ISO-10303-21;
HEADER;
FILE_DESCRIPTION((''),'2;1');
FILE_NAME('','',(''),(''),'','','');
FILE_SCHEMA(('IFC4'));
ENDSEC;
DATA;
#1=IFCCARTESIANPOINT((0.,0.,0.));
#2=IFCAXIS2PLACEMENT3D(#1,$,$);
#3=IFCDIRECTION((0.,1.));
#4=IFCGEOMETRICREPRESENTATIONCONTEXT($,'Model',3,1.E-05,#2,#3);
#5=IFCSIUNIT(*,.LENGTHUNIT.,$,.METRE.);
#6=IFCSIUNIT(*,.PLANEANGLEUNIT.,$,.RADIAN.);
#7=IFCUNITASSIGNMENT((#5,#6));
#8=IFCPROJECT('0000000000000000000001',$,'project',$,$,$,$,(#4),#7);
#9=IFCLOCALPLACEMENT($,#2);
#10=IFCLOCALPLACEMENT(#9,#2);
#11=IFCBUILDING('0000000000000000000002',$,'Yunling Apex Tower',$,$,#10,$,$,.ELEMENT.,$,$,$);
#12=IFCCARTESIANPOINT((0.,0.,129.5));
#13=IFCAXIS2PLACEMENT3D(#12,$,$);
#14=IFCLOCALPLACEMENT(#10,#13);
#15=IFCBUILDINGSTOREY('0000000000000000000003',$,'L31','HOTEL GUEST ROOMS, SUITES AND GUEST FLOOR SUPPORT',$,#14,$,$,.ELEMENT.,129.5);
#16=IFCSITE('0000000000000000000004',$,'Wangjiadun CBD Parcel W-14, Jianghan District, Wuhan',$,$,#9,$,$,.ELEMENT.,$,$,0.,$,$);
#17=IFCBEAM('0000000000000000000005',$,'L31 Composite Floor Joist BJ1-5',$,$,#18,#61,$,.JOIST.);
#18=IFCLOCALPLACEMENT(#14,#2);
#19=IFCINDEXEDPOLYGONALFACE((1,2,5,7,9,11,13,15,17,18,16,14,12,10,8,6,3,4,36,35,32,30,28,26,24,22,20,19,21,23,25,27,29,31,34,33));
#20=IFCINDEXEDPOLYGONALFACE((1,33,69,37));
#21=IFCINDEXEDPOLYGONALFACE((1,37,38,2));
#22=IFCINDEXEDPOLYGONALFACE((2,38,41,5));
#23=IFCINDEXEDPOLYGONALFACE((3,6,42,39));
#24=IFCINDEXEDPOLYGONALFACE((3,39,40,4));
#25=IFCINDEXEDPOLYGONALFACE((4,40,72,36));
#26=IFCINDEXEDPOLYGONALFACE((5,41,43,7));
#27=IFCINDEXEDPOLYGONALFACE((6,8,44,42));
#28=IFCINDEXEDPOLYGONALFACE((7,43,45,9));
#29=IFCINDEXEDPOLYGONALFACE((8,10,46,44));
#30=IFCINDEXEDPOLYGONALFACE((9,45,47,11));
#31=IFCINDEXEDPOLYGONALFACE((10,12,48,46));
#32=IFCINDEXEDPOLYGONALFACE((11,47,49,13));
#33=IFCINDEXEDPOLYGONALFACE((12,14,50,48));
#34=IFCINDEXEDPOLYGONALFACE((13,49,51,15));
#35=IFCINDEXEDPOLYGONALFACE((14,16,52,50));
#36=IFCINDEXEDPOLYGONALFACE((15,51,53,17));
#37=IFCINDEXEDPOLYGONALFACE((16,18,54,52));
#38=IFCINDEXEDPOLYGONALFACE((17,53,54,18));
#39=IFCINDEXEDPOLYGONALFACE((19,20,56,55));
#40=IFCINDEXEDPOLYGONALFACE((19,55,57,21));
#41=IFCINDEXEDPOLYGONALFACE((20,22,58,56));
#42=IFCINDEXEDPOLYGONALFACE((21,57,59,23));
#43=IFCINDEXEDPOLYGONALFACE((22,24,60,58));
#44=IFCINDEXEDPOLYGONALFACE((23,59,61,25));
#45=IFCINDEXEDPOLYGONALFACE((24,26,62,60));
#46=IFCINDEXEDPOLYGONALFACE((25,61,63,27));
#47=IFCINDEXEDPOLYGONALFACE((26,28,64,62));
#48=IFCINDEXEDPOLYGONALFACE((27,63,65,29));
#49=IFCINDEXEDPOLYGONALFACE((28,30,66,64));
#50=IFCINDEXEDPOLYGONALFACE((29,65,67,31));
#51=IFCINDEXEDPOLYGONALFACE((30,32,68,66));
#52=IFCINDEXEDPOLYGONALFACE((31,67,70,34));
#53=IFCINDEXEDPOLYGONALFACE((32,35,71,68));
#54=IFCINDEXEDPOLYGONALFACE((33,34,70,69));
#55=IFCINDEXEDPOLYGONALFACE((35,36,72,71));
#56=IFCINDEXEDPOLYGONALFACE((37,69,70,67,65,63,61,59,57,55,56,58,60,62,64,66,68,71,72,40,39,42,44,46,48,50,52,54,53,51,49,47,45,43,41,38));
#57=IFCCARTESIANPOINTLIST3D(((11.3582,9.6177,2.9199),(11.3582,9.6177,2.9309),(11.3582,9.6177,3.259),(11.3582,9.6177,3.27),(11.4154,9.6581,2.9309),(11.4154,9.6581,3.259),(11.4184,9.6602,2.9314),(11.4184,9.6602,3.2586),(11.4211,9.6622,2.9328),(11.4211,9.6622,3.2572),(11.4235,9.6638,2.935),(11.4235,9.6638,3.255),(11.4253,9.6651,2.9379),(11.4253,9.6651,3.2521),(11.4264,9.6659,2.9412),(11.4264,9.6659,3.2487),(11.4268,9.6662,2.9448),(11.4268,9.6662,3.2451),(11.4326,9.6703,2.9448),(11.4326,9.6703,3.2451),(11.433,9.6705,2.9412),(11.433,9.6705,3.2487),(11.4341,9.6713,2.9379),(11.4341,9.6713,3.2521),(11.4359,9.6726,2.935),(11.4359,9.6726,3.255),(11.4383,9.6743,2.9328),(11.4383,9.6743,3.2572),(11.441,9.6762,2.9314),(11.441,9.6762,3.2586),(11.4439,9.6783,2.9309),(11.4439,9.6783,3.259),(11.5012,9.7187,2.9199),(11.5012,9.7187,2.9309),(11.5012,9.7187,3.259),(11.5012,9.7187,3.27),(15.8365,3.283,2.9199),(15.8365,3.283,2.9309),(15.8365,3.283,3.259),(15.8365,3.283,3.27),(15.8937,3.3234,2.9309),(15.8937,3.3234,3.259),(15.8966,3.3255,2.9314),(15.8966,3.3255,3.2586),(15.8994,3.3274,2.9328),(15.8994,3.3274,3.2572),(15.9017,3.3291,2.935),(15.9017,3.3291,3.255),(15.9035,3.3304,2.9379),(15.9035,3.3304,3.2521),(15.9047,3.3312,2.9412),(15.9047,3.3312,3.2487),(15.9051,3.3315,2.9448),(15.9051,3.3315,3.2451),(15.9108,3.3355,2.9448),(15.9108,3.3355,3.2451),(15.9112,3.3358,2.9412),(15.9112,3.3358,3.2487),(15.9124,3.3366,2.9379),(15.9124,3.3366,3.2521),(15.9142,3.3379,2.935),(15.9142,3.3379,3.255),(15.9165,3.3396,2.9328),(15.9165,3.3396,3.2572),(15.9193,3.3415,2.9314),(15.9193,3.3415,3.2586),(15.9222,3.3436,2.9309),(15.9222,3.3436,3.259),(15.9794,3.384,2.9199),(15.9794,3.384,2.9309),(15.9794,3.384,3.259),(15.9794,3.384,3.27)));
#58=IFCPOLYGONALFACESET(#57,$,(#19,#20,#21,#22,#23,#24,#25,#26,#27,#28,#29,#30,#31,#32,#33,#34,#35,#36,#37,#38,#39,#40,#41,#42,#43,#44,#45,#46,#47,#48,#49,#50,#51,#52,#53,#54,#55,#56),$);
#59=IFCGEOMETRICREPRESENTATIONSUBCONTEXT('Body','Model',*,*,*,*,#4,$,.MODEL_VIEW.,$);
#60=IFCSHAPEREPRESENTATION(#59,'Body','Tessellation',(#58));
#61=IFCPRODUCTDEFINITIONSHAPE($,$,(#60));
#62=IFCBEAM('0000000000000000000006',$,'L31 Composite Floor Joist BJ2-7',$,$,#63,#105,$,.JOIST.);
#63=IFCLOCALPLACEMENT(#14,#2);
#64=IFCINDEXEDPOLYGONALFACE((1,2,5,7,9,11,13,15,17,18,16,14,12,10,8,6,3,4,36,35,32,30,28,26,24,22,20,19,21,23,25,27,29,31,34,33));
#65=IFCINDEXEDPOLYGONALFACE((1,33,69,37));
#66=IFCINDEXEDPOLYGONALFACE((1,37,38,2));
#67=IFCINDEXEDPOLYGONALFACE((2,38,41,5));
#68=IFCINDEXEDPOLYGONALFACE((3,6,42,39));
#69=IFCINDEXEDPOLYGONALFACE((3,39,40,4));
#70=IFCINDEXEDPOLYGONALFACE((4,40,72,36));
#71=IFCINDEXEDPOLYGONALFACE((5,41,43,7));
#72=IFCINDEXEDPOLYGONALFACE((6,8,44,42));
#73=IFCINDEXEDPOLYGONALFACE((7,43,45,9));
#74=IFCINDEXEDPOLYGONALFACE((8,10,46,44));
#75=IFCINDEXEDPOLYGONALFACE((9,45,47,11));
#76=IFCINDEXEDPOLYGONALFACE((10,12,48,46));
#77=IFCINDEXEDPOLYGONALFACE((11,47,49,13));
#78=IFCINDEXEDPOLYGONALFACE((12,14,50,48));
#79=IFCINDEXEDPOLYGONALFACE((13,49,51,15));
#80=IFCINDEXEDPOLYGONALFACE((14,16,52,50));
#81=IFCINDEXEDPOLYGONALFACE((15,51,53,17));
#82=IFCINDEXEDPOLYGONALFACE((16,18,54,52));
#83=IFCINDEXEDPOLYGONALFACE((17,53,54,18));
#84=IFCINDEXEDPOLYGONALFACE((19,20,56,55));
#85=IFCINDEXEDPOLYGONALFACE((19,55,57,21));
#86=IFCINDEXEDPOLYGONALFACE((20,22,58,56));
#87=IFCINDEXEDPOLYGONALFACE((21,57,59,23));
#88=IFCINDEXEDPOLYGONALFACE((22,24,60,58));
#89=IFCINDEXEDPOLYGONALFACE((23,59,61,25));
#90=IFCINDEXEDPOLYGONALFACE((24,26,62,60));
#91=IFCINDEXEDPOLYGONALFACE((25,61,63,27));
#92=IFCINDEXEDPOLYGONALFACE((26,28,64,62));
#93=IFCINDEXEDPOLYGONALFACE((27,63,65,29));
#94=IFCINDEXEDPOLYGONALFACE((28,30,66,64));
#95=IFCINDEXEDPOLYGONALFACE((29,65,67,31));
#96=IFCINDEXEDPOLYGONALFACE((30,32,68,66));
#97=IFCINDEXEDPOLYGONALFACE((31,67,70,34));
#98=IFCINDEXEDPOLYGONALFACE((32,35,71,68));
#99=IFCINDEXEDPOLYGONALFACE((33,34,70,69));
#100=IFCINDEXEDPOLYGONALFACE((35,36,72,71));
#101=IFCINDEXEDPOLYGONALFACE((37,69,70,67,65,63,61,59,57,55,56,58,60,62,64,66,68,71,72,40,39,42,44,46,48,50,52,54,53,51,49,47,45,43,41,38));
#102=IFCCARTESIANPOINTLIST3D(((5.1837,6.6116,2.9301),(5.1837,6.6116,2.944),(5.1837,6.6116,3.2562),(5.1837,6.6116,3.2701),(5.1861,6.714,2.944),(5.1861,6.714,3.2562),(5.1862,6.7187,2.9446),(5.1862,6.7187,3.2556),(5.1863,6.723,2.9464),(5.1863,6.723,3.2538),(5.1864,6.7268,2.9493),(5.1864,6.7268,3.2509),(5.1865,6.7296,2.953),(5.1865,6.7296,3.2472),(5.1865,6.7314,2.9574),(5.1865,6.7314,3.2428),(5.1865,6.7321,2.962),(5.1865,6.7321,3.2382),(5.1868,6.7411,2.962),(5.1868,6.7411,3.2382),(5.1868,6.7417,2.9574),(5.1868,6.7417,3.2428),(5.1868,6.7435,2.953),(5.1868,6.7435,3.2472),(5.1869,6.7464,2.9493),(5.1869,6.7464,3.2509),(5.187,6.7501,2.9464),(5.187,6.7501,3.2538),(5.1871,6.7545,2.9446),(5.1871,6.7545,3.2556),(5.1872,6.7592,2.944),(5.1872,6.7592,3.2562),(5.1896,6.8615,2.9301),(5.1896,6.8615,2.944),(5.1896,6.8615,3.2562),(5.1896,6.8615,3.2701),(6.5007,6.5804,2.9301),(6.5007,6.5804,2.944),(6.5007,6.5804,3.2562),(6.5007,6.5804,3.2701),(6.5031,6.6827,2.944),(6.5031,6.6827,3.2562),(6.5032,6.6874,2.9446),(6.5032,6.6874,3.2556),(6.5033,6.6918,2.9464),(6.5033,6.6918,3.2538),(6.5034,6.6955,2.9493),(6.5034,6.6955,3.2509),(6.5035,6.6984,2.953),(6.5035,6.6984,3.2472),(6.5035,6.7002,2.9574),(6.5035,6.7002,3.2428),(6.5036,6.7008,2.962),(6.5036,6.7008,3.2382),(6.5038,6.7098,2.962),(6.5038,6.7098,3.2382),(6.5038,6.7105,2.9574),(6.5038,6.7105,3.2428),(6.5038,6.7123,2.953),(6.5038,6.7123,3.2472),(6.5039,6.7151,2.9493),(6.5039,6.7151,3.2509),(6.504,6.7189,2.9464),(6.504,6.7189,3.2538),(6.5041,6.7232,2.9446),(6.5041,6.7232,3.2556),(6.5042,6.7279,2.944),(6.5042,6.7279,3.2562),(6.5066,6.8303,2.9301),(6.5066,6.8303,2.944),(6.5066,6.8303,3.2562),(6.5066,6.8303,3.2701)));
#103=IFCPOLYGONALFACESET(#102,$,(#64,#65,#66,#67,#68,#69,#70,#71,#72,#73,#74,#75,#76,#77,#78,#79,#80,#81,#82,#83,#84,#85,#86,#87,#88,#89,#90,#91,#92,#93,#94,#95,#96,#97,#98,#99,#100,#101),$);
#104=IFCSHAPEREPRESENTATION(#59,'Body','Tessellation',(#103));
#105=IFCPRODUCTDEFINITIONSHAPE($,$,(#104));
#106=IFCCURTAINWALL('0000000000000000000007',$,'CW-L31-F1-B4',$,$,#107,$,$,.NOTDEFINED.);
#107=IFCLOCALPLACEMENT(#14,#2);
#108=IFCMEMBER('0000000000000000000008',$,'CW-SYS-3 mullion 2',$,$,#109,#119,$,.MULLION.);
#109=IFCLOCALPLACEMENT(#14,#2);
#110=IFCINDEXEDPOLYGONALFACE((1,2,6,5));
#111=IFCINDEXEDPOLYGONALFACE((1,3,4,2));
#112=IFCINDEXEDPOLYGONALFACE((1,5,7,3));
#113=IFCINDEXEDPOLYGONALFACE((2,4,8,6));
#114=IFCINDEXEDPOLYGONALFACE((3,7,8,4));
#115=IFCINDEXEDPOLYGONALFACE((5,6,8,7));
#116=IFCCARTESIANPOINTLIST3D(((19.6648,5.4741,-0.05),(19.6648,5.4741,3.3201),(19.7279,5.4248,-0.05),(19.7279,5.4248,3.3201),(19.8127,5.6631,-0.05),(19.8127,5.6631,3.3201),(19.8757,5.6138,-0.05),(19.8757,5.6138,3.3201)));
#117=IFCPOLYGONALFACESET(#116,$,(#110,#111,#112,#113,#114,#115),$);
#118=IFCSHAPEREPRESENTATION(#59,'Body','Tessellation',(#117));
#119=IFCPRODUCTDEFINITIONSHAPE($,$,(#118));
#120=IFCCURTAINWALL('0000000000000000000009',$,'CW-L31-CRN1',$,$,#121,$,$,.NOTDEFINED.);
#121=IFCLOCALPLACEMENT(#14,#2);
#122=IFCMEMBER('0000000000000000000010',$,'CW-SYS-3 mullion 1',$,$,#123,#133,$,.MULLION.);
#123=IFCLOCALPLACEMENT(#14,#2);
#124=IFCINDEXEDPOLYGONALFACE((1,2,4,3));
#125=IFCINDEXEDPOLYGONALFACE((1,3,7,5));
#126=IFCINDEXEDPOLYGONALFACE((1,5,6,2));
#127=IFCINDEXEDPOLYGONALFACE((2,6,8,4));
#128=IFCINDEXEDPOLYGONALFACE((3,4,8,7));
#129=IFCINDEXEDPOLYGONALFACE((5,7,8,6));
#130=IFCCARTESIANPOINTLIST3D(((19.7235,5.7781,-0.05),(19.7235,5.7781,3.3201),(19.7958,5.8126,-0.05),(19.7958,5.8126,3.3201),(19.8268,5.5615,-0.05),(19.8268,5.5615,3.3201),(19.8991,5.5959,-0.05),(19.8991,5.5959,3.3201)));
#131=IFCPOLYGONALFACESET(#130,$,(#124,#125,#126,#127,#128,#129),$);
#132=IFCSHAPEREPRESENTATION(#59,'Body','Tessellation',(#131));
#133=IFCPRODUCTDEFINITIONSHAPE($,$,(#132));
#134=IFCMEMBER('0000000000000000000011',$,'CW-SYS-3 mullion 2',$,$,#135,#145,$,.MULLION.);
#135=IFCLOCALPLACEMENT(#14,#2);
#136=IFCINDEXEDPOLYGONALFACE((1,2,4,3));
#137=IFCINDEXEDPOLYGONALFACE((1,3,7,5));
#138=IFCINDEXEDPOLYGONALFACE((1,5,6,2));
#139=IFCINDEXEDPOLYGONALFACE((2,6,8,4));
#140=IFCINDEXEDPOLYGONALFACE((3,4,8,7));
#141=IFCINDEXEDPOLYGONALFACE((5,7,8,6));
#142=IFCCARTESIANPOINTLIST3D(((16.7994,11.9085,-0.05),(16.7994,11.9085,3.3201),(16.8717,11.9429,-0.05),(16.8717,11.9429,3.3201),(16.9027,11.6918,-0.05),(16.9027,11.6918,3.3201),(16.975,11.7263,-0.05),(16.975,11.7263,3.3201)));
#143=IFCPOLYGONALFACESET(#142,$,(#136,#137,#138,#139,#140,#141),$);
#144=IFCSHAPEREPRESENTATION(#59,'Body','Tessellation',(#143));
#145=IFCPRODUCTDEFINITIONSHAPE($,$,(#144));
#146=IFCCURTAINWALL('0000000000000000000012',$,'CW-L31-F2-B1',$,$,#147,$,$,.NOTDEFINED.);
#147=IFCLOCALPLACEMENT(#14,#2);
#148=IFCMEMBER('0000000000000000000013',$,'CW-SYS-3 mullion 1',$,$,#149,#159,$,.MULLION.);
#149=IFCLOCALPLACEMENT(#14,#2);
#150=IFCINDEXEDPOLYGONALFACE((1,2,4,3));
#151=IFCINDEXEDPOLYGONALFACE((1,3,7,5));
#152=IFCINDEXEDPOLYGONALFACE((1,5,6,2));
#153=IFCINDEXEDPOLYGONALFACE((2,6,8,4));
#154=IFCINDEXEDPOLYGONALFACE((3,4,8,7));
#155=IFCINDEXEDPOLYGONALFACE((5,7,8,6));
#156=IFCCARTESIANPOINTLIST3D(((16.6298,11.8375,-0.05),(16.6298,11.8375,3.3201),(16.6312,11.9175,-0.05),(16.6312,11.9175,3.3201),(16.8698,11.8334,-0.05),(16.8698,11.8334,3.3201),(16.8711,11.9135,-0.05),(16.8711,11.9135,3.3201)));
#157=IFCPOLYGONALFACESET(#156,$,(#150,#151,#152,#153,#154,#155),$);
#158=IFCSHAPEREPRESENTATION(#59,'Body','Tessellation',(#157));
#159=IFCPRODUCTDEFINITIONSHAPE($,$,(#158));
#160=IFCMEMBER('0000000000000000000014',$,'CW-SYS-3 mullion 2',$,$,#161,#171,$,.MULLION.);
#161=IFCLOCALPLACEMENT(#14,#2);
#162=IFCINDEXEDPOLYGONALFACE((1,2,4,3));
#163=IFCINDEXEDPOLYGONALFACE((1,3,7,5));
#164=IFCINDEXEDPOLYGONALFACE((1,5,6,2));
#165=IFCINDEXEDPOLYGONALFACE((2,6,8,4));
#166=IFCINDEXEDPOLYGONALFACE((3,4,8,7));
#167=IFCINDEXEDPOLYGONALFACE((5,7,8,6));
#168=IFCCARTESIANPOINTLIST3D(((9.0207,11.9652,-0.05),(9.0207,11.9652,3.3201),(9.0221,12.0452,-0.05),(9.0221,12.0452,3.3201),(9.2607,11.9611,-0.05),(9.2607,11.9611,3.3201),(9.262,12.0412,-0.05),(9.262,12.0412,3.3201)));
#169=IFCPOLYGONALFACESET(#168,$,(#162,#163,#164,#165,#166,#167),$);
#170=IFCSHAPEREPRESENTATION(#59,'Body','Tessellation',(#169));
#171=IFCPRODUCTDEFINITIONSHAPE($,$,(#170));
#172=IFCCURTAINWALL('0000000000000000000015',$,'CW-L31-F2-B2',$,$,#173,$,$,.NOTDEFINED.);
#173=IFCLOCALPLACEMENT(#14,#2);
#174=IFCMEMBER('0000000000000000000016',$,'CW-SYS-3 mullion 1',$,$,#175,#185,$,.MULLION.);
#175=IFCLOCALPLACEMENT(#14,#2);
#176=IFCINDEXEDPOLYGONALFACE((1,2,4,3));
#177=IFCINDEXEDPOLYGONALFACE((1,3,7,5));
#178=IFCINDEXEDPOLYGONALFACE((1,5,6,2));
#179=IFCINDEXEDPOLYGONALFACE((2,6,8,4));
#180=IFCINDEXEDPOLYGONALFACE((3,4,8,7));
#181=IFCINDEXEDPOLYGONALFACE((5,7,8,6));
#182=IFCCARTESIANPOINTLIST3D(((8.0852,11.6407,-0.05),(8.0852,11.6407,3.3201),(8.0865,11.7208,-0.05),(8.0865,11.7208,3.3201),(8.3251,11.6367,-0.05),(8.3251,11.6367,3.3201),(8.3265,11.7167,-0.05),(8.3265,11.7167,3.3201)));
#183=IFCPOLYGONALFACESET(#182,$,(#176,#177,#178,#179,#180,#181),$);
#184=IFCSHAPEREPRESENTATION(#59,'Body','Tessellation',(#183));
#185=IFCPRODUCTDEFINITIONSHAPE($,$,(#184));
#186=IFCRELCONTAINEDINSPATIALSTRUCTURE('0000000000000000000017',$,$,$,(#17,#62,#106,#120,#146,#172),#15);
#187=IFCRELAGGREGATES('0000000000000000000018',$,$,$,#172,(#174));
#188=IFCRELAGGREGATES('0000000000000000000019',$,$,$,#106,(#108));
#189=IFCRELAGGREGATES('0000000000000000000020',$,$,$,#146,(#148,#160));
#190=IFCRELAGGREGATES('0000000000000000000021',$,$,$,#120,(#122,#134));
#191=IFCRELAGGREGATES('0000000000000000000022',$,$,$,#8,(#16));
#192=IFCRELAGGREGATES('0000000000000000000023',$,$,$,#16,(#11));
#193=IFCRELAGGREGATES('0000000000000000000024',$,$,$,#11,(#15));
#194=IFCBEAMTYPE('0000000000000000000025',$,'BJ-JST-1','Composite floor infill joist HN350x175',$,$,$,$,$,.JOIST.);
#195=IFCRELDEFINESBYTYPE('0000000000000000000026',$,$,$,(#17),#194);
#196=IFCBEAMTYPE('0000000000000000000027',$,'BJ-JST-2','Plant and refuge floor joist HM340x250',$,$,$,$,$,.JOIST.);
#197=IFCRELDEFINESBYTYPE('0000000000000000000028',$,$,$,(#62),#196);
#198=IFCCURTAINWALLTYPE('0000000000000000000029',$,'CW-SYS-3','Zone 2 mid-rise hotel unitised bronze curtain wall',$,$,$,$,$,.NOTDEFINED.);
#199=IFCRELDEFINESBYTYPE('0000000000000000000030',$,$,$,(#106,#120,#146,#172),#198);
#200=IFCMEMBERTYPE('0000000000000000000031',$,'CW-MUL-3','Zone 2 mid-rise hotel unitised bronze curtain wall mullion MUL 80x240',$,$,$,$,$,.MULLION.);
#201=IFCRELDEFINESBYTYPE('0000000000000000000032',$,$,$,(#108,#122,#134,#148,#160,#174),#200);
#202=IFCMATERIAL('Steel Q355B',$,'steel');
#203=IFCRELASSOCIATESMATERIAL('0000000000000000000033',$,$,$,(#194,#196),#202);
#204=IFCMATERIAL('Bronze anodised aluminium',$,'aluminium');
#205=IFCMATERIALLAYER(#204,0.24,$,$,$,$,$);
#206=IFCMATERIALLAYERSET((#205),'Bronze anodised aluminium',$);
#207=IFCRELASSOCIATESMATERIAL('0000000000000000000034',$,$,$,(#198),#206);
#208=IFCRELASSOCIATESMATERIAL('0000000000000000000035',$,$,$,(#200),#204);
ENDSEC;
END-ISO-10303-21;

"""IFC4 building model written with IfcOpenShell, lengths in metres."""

from ifc_helpers import new_model, si_unit, direction, frame, origin, origin_2d, place, context, subcontext, project, spatial, rectangle, i_section, extrude, source, transform, mapped, material, layer, layer_set, material_profile, profile_set, type_object, element, aggregate, save


model = new_model("IFC4")

# Units and contexts
model_context = context("Model", 3, precision=1e-05, world=origin(), true_north=direction((0.0, 1.0)))
body_context = subcontext(model_context, "Body", "Model", "MODEL_VIEW")
ifc_project = project(units=[si_unit("LENGTHUNIT", "METRE"), si_unit("PLANEANGLEUNIT", "RADIAN")], contexts=[model_context])

# Site, building, storey
site_placement = place(None, origin())
site = spatial("IfcSite", under=ifc_project, at=site_placement, Name="Wangjiadun CBD Parcel W-14, Jianghan District, Wuhan", CompositionType="ELEMENT", RefElevation=0.0)
building_placement = place(site_placement, origin())
building = spatial("IfcBuilding", under=site, at=building_placement, Name="Yunling Apex Tower", CompositionType="ELEMENT")
storey_placement = place(building_placement, frame((0.0, 0.0, 129.5)))
storey = spatial("IfcBuildingStorey", under=building, at=storey_placement, Name="L31", Description="HOTEL GUEST ROOMS, SUITES AND GUEST FLOOR SUPPORT", CompositionType="ELEMENT", Elevation=129.5)

# Beams
ifc_material_1 = material(Name="Steel Q355B", Category="steel")
ifc_material_profile_1 = material_profile(ifc_material_1, i_section(OverallWidth=0.175, OverallDepth=0.3501, WebThickness=0.0071, FlangeThickness=0.011, FilletRadius=0.0139, at=origin_2d()))
ifc_profile_set_1 = profile_set([ifc_material_profile_1], Name="Steel Q355B")
beam_type_1 = type_object("IfcBeamType", Name="BJ-JST-1", Description="Composite floor infill joist HN350x175", PredefinedType="JOIST", material=ifc_profile_set_1)
shared_shape_1 = source(origin(), body_context, "Body", "SweptSolid", [
    extrude(i_section(OverallWidth=0.175, OverallDepth=0.3501, WebThickness=0.0071, FlangeThickness=0.011, FilletRadius=0.0139, at=origin_2d()), origin(), (0.0, 0.0, 1.0), 7.7578),
])
beam_1_placement = place(storey_placement, frame((15.908, 3.3335, 3.095), z_axis=(-0.57726, 0.81656, 0.0), x_axis=(-0.81656, -0.57726, 0.0)))
element("IfcBeam", 1, at=beam_1_placement, inside=storey, type_object=beam_type_1, Name="L31 Composite Floor Joist BJ1-5", PredefinedType="JOIST", context=body_context, shape_type="MappedRepresentation", body=[
    mapped(shared_shape_1, transform((0.0, 0.0, 0.0), scale=1.0)),
])
ifc_material_profile_2 = material_profile(ifc_material_1, i_section(OverallWidth=0.25, OverallDepth=0.3401, WebThickness=0.009, FlangeThickness=0.0139, FilletRadius=0.0181, at=origin_2d()))
ifc_profile_set_2 = profile_set([ifc_material_profile_2], Name="Steel Q355B")
beam_type_2 = type_object("IfcBeamType", Name="BJ-JST-2", Description="Plant and refuge floor joist HM340x250", PredefinedType="JOIST", material=ifc_profile_set_2)
shared_shape_2 = source(origin(), body_context, "Body", "SweptSolid", [
    extrude(i_section(OverallWidth=0.25, OverallDepth=0.3401, WebThickness=0.009, FlangeThickness=0.0139, FilletRadius=0.0181, at=origin_2d()), origin(), (0.0, 0.0, 1.0), 1.3174),
])
beam_2_placement = place(storey_placement, frame((6.5037, 6.7053, 3.1001), z_axis=(-0.999719, 0.023723, 0.0), x_axis=(-0.023723, -0.999719, 0.0)))
element("IfcBeam", 2, at=beam_2_placement, inside=storey, type_object=beam_type_2, Name="L31 Composite Floor Joist BJ2-7", PredefinedType="JOIST", context=body_context, shape_type="MappedRepresentation", body=[
    mapped(shared_shape_2, transform((0.0, 0.0, 0.0), scale=1.0)),
])

# Curtain wall, member
ifc_material_2 = material(Name="Bronze anodised aluminium", Category="aluminium")
ifc_layer_1 = layer(ifc_material_2, 0.24)
ifc_layer_set_1 = layer_set([ifc_layer_1], Name="Bronze anodised aluminium")
curtain_wall_type = type_object("IfcCurtainWallType", Name="CW-SYS-3", Description="Zone 2 mid-rise hotel unitised bronze curtain wall", PredefinedType="NOTDEFINED", material=ifc_layer_set_1)
curtain_wall_1_placement = place(storey_placement, origin())
curtain_wall_1 = element("IfcCurtainWall", 3, at=curtain_wall_1_placement, inside=storey, type_object=curtain_wall_type, Name="CW-L31-F1-B4", PredefinedType="NOTDEFINED")
ifc_material_profile_3 = material_profile(ifc_material_2, rectangle(XDim=0.0801, YDim=0.24, at=origin_2d()))
ifc_profile_set_3 = profile_set([ifc_material_profile_3], Name="Bronze anodised aluminium")
member_type_1 = type_object("IfcMemberType", Name="CW-MUL-3", Description="Zone 2 mid-rise hotel unitised bronze curtain wall mullion MUL 80x240", PredefinedType="MULLION", material=ifc_profile_set_3)
shared_shape_3 = source(origin(), body_context, "Body", "SweptSolid", [
    extrude(rectangle(XDim=0.0801, YDim=0.24, at=origin_2d()), origin(), (0.0, 0.0, 1.0), 3.3701),
])
member_1_placement = place(storey_placement, frame((19.7703, 5.5439, -0.05), z_axis=(0.0, 0.0, 1.0), x_axis=(-0.787584, 0.616208, 0.0)))
member_1 = element("IfcMember", 4, at=member_1_placement, type_object=member_type_1, Name="CW-SYS-3 mullion 2", PredefinedType="MULLION", context=body_context, shape_type="MappedRepresentation", body=[
    mapped(shared_shape_3, transform((0.0, 0.0, 0.0), scale=1.0)),
])

# Curtain walls, members
curtain_wall_2_placement = place(storey_placement, origin())
curtain_wall_2 = element("IfcCurtainWall", 5, at=curtain_wall_2_placement, inside=storey, type_object=curtain_wall_type, Name="CW-L31-CRN1", PredefinedType="NOTDEFINED")
member_2_placement = place(storey_placement, frame((19.8113, 5.687, -0.05), z_axis=(0.0, 0.0, 1.0), x_axis=(-0.902582, -0.430519, 0.0)))
member_2 = element("IfcMember", 6, at=member_2_placement, type_object=member_type_1, Name="CW-SYS-3 mullion 1", PredefinedType="MULLION", context=body_context, shape_type="MappedRepresentation", body=[
    mapped(shared_shape_3, transform((0.0, 0.0, 0.0), scale=1.0)),
])
member_3_placement = place(storey_placement, frame((16.8872, 11.8174, -0.05), z_axis=(0.0, 0.0, 1.0), x_axis=(-0.902582, -0.430519, 0.0)))
member_3 = element("IfcMember", 7, at=member_3_placement, type_object=member_type_1, Name="CW-SYS-3 mullion 2", PredefinedType="MULLION", context=body_context, shape_type="MappedRepresentation", body=[
    mapped(shared_shape_3, transform((0.0, 0.0, 0.0), scale=1.0)),
])
curtain_wall_3_placement = place(storey_placement, origin())
curtain_wall_3 = element("IfcCurtainWall", 8, at=curtain_wall_3_placement, inside=storey, type_object=curtain_wall_type, Name="CW-L31-F2-B1", PredefinedType="NOTDEFINED")
member_4_placement = place(storey_placement, frame((16.7505, 11.8755, -0.05), z_axis=(0.0, 0.0, 1.0), x_axis=(-0.016762, -0.99986, 0.0)))
member_4 = element("IfcMember", 9, at=member_4_placement, type_object=member_type_1, Name="CW-SYS-3 mullion 1", PredefinedType="MULLION", context=body_context, shape_type="MappedRepresentation", body=[
    mapped(shared_shape_3, transform((0.0, 0.0, 0.0), scale=1.0)),
])
member_5_placement = place(storey_placement, frame((9.1414, 12.0032, -0.05), z_axis=(0.0, 0.0, 1.0), x_axis=(-0.016762, -0.99986, 0.0)))
member_5 = element("IfcMember", 10, at=member_5_placement, type_object=member_type_1, Name="CW-SYS-3 mullion 2", PredefinedType="MULLION", context=body_context, shape_type="MappedRepresentation", body=[
    mapped(shared_shape_3, transform((0.0, 0.0, 0.0), scale=1.0)),
])

# Curtain wall, member
curtain_wall_4_placement = place(storey_placement, origin())
curtain_wall_4 = element("IfcCurtainWall", 11, at=curtain_wall_4_placement, inside=storey, type_object=curtain_wall_type, Name="CW-L31-F2-B2", PredefinedType="NOTDEFINED")
member_6_placement = place(storey_placement, frame((8.2058, 11.6787, -0.05), z_axis=(0.0, 0.0, 1.0), x_axis=(-0.016767, -0.999859, 0.0)))
member_6 = element("IfcMember", 12, at=member_6_placement, type_object=member_type_1, Name="CW-SYS-3 mullion 1", PredefinedType="MULLION", context=body_context, shape_type="MappedRepresentation", body=[
    mapped(shared_shape_3, transform((0.0, 0.0, 0.0), scale=1.0)),
])

aggregate(curtain_wall_4, [member_6])

aggregate(curtain_wall_1, [member_1])
aggregate(curtain_wall_3, [member_4, member_5])
aggregate(curtain_wall_2, [member_2, member_3])

save(model, "model.ifc")
